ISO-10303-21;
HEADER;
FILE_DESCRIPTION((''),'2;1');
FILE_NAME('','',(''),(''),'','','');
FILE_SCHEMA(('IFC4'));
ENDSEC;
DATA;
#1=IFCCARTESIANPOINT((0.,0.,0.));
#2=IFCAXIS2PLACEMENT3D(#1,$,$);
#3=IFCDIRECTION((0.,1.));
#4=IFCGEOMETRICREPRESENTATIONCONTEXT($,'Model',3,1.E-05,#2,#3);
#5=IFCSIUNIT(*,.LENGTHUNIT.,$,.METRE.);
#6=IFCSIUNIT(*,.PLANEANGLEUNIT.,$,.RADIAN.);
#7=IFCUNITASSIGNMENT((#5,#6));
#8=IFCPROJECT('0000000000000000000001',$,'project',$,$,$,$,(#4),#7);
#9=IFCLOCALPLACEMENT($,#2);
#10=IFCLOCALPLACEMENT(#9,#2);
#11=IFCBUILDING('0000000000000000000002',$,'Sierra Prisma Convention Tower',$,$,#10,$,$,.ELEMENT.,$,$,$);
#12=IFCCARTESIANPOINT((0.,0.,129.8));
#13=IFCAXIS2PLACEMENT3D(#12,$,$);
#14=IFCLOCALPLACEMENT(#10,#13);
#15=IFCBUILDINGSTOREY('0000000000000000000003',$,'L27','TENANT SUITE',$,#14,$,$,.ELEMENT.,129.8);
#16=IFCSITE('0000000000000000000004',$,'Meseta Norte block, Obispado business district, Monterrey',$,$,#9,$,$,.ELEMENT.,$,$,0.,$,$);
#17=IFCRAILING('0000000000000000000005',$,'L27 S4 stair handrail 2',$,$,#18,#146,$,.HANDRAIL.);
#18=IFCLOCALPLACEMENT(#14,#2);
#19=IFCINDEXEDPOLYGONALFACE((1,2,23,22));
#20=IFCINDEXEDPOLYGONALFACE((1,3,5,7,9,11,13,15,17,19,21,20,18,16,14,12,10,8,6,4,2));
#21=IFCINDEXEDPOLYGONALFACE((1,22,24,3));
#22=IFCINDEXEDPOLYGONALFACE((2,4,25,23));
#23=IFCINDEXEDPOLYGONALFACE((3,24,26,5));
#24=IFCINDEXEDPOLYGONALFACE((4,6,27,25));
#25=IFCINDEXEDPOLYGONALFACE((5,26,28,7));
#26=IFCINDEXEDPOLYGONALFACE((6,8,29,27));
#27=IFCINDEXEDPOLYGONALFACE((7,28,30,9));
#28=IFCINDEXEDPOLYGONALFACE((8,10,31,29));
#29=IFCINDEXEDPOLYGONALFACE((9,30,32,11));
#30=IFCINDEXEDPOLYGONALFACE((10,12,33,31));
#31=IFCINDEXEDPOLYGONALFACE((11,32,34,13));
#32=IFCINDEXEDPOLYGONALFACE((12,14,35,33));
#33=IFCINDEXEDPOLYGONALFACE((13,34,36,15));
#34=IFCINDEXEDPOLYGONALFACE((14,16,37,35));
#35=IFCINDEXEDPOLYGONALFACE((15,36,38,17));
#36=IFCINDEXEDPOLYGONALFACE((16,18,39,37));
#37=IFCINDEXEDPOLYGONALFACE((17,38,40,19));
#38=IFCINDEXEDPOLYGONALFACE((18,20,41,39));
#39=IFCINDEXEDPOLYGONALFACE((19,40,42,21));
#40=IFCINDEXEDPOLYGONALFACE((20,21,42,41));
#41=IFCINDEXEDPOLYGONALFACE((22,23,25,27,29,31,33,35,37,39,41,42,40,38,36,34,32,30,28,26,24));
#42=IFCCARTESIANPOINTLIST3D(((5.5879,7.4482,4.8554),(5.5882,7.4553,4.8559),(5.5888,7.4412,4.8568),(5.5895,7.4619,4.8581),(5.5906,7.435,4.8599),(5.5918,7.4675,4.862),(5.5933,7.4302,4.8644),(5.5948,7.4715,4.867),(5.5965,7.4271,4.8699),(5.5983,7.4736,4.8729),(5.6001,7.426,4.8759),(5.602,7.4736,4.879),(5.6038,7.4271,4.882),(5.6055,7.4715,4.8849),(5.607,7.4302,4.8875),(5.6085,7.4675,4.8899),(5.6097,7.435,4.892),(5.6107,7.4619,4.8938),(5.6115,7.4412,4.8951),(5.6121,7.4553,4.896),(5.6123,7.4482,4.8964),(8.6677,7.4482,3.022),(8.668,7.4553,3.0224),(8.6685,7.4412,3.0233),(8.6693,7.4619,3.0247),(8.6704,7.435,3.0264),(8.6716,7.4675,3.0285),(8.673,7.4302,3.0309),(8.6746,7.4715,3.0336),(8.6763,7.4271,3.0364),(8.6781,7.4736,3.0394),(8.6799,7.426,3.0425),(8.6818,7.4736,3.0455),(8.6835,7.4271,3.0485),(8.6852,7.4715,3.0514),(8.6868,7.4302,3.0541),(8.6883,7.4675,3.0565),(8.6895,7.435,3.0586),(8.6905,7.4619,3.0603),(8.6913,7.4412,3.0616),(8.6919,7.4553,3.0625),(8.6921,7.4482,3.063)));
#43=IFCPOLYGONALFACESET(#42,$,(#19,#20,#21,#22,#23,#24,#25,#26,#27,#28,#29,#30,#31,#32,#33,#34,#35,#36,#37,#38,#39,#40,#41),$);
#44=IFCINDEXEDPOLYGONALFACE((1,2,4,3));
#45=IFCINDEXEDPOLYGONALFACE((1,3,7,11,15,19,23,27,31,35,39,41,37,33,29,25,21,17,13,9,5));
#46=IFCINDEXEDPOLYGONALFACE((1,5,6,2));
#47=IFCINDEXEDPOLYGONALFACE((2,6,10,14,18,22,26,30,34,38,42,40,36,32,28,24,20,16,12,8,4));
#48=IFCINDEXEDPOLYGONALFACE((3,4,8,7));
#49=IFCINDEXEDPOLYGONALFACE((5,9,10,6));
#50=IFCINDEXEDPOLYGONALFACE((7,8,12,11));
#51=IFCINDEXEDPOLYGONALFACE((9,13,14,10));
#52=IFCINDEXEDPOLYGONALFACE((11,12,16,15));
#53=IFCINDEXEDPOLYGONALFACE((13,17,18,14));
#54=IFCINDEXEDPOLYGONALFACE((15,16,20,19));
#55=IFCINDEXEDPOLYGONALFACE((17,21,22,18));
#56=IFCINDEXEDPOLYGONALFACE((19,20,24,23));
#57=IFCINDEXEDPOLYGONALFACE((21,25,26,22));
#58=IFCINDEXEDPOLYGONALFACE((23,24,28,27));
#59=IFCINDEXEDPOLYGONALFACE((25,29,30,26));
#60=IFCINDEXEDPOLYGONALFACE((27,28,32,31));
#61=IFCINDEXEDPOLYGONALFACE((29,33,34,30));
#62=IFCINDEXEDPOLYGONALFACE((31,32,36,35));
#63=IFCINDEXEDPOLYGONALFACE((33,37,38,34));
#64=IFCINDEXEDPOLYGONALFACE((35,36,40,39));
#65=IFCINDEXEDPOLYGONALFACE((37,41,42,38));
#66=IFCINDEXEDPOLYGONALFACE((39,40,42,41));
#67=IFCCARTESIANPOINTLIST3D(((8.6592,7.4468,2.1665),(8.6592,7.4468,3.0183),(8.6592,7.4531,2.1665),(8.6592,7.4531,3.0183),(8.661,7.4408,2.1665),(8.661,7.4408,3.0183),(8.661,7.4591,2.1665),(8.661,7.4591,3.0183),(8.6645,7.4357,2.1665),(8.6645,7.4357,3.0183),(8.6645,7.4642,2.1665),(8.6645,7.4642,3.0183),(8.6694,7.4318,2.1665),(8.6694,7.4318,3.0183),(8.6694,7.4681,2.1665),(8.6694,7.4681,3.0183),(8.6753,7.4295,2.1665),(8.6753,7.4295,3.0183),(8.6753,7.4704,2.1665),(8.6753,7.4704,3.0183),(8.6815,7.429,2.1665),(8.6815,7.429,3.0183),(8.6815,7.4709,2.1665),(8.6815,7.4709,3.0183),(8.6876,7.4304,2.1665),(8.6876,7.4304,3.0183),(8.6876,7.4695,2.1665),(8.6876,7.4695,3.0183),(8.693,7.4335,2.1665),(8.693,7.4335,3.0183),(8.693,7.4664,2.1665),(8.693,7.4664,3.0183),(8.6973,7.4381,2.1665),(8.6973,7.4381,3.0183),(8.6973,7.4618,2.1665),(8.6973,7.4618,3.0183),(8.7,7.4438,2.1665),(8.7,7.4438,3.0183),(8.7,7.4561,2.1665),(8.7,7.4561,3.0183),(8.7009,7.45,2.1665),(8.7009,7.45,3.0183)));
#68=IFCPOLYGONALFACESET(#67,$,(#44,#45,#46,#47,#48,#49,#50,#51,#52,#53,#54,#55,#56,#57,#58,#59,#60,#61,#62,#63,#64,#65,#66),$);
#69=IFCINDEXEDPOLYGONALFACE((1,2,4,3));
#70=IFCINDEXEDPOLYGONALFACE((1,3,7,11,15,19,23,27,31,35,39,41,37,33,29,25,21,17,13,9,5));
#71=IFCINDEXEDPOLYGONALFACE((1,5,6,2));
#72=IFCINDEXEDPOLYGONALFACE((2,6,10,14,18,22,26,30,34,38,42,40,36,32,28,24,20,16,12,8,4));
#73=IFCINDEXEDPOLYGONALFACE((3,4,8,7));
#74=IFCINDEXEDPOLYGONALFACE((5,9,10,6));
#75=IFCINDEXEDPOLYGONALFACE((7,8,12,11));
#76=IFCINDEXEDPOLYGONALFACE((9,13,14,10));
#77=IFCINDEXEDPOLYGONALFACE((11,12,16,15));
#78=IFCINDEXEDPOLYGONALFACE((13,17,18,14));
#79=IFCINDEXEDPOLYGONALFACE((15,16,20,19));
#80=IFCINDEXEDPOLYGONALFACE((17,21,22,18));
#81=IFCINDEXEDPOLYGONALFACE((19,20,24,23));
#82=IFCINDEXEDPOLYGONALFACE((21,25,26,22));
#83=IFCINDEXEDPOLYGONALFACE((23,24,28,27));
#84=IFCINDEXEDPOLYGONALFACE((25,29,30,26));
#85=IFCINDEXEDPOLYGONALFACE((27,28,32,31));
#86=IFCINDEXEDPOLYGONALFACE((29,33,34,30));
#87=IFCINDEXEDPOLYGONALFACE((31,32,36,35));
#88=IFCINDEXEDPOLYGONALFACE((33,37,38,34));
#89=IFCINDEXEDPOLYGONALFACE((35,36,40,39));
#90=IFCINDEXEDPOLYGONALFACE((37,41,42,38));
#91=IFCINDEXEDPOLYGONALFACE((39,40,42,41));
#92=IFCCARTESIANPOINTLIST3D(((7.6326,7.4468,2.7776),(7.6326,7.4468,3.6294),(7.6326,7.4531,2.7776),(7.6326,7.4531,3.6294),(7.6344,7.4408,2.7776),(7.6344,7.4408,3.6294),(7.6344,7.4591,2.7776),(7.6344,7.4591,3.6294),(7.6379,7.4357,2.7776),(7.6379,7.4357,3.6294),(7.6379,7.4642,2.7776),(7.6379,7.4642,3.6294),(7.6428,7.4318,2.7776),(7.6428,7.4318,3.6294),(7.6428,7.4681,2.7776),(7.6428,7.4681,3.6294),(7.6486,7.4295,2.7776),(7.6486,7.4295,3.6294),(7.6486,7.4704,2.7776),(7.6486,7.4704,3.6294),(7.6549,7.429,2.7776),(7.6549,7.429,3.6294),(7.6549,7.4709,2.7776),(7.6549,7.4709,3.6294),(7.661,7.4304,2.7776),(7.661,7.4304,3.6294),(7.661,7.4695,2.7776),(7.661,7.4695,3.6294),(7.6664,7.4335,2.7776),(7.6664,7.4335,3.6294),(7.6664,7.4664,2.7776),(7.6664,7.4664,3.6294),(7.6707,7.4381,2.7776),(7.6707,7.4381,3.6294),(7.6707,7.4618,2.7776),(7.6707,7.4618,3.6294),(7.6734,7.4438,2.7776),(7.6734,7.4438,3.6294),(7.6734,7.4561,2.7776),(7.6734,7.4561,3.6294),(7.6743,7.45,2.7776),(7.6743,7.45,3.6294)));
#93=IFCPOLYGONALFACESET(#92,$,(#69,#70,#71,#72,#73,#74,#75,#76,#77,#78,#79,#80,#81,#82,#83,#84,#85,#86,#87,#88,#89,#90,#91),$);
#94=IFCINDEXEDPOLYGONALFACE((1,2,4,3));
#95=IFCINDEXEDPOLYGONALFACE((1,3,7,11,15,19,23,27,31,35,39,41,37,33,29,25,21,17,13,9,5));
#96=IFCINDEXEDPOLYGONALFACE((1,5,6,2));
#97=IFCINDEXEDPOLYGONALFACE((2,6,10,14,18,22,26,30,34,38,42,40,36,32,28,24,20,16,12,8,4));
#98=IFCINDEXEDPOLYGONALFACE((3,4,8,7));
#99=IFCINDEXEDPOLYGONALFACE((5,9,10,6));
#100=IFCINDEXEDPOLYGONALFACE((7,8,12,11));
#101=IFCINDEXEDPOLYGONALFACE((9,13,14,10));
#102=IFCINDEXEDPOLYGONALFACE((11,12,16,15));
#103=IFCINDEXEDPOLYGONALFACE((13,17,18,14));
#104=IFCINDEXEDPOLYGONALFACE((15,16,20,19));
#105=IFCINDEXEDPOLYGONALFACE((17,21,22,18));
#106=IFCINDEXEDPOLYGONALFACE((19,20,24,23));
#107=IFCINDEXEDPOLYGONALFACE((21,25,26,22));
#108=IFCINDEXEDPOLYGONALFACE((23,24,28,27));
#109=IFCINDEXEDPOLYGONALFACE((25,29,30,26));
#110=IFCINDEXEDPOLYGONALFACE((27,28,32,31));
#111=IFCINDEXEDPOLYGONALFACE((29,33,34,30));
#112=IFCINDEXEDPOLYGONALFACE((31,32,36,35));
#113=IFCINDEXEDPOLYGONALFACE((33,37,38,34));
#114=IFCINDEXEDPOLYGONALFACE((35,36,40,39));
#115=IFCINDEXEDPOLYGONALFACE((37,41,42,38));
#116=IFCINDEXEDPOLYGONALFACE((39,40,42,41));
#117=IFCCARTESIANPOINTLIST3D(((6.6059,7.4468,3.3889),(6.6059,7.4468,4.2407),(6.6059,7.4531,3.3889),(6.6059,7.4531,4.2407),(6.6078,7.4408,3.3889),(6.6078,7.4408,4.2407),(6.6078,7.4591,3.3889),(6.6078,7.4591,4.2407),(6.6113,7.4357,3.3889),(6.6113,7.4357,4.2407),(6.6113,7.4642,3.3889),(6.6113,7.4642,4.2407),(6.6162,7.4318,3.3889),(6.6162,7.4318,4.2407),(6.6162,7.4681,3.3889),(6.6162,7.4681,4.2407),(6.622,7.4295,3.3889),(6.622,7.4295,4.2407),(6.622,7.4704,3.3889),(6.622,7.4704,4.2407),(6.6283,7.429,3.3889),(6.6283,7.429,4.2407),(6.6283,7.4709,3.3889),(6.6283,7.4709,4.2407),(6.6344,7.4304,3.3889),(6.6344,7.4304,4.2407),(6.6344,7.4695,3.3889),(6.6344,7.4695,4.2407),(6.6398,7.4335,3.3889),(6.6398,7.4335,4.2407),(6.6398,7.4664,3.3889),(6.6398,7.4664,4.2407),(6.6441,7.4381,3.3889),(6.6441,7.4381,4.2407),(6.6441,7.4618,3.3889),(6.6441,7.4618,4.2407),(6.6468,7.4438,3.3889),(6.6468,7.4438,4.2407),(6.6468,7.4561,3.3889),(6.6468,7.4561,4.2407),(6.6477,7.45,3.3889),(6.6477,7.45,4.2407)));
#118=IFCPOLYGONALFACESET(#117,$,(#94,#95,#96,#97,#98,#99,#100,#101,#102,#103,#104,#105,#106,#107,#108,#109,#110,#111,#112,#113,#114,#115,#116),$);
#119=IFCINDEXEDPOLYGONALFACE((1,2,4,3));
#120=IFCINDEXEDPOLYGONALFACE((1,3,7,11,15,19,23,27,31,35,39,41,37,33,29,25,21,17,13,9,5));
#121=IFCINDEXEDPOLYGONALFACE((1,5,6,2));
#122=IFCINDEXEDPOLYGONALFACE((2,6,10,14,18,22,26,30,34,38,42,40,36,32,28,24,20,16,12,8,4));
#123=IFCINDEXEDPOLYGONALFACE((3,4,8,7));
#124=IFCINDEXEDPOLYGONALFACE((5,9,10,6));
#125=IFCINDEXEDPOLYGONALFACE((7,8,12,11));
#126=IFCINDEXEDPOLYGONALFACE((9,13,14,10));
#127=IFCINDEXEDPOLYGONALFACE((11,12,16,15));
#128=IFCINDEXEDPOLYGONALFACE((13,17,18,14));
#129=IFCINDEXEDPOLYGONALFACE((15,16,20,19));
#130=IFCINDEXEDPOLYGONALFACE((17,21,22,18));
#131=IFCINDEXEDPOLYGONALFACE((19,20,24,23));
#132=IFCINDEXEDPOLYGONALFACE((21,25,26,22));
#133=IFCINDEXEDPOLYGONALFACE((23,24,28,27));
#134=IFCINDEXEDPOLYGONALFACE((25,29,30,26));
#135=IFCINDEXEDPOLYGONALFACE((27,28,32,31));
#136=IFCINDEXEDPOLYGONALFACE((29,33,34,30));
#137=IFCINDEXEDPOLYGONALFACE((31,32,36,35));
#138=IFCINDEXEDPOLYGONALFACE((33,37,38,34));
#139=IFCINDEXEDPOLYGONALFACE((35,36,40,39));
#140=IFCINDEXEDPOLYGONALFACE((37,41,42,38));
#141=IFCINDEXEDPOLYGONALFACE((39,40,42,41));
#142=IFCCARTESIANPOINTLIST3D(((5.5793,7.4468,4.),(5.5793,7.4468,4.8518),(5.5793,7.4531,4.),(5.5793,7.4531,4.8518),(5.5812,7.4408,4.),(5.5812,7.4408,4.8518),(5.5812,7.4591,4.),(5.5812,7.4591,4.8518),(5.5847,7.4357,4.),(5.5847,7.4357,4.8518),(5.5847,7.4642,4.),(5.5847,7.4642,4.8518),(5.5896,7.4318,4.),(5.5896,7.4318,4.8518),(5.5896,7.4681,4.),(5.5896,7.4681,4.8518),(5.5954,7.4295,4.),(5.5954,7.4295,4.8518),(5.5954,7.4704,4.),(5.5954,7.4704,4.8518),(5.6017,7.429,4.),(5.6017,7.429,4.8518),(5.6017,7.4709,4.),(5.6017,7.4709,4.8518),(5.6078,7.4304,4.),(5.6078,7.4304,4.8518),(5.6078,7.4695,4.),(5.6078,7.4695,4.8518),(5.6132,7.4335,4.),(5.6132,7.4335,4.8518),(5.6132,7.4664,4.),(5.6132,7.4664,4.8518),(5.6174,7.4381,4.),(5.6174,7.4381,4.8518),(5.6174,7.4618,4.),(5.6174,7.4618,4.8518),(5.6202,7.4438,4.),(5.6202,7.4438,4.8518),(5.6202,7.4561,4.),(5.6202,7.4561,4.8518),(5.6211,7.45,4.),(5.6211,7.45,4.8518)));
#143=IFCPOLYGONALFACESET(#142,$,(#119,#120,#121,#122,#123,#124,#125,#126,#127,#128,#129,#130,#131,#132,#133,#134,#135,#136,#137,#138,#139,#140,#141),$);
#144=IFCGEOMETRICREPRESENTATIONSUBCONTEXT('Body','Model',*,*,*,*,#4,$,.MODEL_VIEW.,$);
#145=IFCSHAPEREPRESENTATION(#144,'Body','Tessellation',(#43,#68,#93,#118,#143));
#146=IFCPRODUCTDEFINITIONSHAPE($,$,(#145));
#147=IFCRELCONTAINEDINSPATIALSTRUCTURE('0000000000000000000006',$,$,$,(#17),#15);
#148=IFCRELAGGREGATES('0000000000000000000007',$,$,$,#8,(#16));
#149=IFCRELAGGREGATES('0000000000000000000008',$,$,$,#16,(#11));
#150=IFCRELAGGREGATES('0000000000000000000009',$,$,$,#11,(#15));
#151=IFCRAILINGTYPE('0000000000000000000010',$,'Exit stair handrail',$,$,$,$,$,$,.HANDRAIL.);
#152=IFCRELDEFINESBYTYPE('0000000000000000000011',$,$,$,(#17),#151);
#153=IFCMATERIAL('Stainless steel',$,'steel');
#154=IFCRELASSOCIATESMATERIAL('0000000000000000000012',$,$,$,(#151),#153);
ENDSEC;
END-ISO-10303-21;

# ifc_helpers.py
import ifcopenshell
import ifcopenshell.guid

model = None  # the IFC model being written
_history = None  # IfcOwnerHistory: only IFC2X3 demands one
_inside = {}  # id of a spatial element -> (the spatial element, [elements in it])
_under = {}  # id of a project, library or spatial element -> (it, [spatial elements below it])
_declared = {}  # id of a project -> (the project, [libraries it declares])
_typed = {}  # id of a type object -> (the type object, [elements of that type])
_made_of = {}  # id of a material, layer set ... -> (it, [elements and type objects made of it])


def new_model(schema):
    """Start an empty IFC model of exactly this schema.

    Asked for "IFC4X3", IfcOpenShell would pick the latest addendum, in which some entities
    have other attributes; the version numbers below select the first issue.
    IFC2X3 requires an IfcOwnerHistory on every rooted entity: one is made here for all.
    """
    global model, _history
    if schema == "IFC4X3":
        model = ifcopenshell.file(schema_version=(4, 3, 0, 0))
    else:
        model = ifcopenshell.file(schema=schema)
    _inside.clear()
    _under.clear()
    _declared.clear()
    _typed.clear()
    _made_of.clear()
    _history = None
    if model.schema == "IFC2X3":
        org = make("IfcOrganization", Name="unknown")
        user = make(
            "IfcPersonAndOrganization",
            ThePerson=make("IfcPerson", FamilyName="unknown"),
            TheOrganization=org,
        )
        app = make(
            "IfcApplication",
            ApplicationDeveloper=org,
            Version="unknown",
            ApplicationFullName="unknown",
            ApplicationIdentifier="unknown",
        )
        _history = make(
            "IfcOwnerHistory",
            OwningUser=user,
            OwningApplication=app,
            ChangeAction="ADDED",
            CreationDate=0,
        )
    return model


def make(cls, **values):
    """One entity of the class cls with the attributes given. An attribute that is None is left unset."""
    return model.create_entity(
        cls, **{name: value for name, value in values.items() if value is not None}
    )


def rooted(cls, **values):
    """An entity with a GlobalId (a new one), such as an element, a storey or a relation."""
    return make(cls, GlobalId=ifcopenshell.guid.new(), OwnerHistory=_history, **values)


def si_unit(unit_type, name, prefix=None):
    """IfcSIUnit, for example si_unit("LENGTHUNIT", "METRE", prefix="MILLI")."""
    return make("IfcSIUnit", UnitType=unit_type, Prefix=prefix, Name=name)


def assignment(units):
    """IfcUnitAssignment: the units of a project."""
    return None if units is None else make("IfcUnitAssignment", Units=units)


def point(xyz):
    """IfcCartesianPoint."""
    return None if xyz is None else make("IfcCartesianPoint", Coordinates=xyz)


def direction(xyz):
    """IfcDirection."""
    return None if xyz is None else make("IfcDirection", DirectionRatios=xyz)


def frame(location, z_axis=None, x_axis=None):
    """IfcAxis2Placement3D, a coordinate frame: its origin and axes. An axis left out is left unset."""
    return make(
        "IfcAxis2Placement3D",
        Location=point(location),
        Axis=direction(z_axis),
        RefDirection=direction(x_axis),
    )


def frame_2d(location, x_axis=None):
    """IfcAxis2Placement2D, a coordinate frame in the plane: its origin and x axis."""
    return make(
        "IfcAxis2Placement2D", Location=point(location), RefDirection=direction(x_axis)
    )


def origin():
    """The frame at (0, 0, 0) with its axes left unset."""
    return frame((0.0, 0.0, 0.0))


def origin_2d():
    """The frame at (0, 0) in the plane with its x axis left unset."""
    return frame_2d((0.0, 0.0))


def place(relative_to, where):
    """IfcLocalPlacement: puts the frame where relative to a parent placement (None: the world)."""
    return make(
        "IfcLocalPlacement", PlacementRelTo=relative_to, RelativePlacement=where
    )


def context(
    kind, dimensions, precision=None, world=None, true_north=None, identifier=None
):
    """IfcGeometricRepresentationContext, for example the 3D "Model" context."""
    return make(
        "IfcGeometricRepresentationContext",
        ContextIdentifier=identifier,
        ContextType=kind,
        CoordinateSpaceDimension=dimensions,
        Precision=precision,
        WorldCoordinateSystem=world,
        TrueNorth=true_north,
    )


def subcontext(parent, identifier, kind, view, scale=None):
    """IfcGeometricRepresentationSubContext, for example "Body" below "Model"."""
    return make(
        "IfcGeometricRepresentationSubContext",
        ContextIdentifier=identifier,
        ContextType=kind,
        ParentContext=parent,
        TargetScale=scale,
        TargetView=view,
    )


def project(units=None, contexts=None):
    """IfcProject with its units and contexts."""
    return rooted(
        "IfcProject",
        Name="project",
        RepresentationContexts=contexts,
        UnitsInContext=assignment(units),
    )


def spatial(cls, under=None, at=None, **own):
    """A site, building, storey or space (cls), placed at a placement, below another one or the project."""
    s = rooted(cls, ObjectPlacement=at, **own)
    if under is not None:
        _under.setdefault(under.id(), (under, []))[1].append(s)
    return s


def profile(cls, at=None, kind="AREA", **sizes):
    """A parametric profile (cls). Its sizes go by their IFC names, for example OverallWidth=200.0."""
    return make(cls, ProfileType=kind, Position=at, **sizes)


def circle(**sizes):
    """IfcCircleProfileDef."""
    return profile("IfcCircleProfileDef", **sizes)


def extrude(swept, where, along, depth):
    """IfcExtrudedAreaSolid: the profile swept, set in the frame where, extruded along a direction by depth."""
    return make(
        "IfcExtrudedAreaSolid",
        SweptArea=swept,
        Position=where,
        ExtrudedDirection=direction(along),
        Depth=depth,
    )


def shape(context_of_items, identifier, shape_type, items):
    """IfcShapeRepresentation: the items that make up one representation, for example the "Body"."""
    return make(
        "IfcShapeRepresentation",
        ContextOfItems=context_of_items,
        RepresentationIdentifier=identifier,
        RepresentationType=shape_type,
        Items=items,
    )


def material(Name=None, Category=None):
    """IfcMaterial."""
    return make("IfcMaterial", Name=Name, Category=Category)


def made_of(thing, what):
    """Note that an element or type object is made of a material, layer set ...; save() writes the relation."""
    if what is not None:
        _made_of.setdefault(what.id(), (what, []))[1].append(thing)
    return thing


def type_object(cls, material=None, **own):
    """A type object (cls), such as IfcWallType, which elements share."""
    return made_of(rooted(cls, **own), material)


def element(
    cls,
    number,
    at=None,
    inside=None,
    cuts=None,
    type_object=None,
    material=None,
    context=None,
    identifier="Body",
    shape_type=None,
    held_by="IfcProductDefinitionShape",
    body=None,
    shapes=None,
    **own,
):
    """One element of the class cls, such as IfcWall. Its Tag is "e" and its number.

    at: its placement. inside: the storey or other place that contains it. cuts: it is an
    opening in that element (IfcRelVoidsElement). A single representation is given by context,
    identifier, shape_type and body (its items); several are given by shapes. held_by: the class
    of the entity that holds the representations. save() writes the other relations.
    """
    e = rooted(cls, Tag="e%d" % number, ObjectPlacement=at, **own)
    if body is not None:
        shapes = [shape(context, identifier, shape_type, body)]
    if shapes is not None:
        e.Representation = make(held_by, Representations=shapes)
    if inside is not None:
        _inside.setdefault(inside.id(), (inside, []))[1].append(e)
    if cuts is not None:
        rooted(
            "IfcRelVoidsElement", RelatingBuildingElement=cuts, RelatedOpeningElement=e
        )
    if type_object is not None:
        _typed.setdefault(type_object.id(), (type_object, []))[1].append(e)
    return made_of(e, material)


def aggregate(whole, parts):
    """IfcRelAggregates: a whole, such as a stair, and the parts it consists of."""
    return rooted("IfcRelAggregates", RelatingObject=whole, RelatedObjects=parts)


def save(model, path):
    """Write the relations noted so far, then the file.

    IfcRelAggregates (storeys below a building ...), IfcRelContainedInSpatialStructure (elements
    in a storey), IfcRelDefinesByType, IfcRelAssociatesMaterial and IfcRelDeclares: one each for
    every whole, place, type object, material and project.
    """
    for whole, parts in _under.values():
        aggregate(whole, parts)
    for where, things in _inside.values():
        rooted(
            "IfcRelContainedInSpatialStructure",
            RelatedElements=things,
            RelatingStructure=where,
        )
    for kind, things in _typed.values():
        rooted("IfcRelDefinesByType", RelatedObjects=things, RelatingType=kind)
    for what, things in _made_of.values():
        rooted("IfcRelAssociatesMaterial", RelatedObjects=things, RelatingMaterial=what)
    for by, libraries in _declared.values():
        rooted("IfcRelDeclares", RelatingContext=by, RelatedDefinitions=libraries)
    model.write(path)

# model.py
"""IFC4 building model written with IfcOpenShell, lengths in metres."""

from ifc_helpers import new_model, si_unit, direction, frame, origin, origin_2d, place, context, subcontext, project, spatial, circle, extrude, material, type_object, element, save


model = new_model("IFC4")

# Units and contexts
model_context = context("Model", 3, precision=1e-05, world=origin(), true_north=direction((0.0, 1.0)))
body_context = subcontext(model_context, "Body", "Model", "MODEL_VIEW")
ifc_project = project(units=[si_unit("LENGTHUNIT", "METRE"), si_unit("PLANEANGLEUNIT", "RADIAN")], contexts=[model_context])

# Site, building, storey
site_placement = place(None, origin())
site = spatial("IfcSite", under=ifc_project, at=site_placement, Name="Meseta Norte block, Obispado business district, Monterrey", CompositionType="ELEMENT", RefElevation=0.0)
building_placement = place(site_placement, origin())
building = spatial("IfcBuilding", under=site, at=building_placement, Name="Sierra Prisma Convention Tower", CompositionType="ELEMENT")
storey_placement = place(building_placement, frame((0.0, 0.0, 129.8)))
storey = spatial("IfcBuildingStorey", under=building, at=storey_placement, Name="L27", Description="TENANT SUITE", CompositionType="ELEMENT", Elevation=129.8)

# Railing
ifc_material_1 = material(Name="Stainless steel", Category="steel")
railing_type_1 = type_object("IfcRailingType", Name="Exit stair handrail", PredefinedType="HANDRAIL", material=ifc_material_1)
railing_1_placement = place(storey_placement, frame((8.6799, 7.45, 2.1665)))
element("IfcRailing", 1, at=railing_1_placement, inside=storey, type_object=railing_type_1, Name="L27 S4 stair handrail 2", PredefinedType="HANDRAIL", context=body_context, shape_type="SweptSolid", body=[
    extrude(circle(Radius=0.0239, at=origin_2d()), frame((0.0, 0.0, 0.876), z_axis=(-0.859261, 0.0, 0.511538), x_axis=(0.0, -1.0, 0.0)), (0.0, 0.0, 1.0), 3.5842),
    extrude(circle(Radius=0.021, at=origin_2d()), origin(), (0.0, 0.0, 1.0), 0.8518),
    extrude(circle(Radius=0.021, at=origin_2d()), frame((-1.0266, 0.0, 0.6111)), (0.0, 0.0, 1.0), 0.8518),
    extrude(circle(Radius=0.021, at=origin_2d()), frame((-2.0532, 0.0, 1.2224)), (0.0, 0.0, 1.0), 0.8518),
    extrude(circle(Radius=0.021, at=origin_2d()), frame((-3.0798, 0.0, 1.8335)), (0.0, 0.0, 1.0), 0.8518),
])

save(model, "model.ifc")
